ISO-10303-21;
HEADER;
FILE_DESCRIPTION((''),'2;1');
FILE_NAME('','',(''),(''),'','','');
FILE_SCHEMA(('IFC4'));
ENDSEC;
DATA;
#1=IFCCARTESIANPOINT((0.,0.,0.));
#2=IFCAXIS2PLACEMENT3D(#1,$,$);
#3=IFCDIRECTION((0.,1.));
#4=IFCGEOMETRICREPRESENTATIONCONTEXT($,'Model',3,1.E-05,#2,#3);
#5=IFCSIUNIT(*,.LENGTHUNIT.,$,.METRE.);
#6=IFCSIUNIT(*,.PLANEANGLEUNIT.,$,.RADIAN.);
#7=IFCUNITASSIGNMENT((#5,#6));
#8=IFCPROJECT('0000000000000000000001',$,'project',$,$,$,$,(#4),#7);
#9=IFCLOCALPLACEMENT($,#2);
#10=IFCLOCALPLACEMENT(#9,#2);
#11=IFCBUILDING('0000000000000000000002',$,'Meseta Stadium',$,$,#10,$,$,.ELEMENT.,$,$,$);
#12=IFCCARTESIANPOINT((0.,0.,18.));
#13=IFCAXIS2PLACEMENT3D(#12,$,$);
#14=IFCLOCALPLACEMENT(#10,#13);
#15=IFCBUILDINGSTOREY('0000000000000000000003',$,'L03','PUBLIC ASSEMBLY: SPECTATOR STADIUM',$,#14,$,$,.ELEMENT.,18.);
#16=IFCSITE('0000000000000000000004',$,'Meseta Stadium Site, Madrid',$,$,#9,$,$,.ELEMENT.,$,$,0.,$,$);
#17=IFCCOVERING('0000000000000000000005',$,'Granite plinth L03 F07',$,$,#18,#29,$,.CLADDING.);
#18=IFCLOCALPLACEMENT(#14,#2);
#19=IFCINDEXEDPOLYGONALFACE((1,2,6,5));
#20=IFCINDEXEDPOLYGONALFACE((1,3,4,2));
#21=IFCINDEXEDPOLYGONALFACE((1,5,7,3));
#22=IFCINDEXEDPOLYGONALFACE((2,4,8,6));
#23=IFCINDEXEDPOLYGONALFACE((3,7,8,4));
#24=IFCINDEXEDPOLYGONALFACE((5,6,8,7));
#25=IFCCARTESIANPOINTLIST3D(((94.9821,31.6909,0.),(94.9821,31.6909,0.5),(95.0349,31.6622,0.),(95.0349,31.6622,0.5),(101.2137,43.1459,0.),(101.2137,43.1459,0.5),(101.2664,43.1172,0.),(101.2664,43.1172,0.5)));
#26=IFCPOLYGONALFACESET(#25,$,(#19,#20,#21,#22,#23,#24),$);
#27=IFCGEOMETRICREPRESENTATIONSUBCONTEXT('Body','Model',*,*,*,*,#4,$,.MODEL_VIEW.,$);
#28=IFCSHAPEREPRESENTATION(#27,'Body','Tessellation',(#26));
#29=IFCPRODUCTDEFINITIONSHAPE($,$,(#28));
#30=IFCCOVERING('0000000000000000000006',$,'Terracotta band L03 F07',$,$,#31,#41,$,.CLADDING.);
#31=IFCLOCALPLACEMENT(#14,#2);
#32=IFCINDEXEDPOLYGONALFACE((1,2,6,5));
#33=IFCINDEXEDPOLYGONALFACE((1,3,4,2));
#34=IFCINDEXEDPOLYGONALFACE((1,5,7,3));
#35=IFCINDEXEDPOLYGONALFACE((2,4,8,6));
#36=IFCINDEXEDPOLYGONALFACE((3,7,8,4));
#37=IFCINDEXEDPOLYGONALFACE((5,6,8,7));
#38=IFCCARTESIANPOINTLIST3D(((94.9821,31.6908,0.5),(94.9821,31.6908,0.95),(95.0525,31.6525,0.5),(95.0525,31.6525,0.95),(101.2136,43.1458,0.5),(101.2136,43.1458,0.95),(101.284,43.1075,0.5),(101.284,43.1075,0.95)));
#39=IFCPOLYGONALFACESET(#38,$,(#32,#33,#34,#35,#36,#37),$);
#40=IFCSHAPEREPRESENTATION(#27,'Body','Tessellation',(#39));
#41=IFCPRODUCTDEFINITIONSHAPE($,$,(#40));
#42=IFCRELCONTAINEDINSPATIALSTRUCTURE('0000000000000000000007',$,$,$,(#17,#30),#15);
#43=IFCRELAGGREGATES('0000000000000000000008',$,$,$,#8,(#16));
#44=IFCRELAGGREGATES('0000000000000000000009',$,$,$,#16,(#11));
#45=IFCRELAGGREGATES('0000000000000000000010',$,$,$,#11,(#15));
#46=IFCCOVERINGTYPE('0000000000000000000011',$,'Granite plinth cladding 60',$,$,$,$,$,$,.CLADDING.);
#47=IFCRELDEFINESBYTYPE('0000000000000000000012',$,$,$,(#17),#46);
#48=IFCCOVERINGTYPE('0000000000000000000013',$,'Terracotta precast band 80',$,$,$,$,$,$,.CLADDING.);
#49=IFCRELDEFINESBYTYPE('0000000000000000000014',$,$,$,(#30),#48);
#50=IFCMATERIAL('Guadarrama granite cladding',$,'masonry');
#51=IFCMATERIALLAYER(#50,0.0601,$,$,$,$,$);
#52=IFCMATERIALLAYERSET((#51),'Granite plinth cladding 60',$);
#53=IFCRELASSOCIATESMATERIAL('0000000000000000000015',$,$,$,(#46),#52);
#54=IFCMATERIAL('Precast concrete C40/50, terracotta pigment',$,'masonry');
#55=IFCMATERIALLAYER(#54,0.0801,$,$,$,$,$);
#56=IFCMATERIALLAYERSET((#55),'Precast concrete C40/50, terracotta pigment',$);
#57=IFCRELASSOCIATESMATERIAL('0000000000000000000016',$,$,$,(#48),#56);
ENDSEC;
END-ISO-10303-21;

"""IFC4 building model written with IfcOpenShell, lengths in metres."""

from ifc_helpers import new_model, si_unit, direction, frame, origin, origin_2d, place, context, subcontext, project, spatial, rectangle, extrude, material, layer, layer_set, type_object, element, save


model = new_model("IFC4")

# Units and contexts
model_context = context("Model", 3, precision=1e-05, world=origin(), true_north=direction((0.0, 1.0)))
body_context = subcontext(model_context, "Body", "Model", "MODEL_VIEW")
ifc_project = project(units=[si_unit("LENGTHUNIT", "METRE"), si_unit("PLANEANGLEUNIT", "RADIAN")], contexts=[model_context])

# Site, building, storey
site_placement = place(None, origin())
site = spatial("IfcSite", under=ifc_project, at=site_placement, Name="Meseta Stadium Site, Madrid", CompositionType="ELEMENT", RefElevation=0.0)
building_placement = place(site_placement, origin())
building = spatial("IfcBuilding", under=site, at=building_placement, Name="Meseta Stadium", CompositionType="ELEMENT")
storey_placement = place(building_placement, frame((0.0, 0.0, 18.0)))
storey = spatial("IfcBuildingStorey", under=building, at=storey_placement, Name="L03", Description="PUBLIC ASSEMBLY: SPECTATOR STADIUM", CompositionType="ELEMENT", Elevation=18.0)

# Coverings
ifc_material_1 = material(Name="Guadarrama granite cladding", Category="masonry")
ifc_layer_1 = layer(ifc_material_1, 0.0601)
ifc_layer_set_1 = layer_set([ifc_layer_1], Name="Granite plinth cladding 60")
covering_type_1 = type_object("IfcCoveringType", Name="Granite plinth cladding 60", PredefinedType="CLADDING", material=ifc_layer_set_1)
covering_1_placement = place(storey_placement, frame((98.1243, 37.4041, 0.0), z_axis=(0.0, 0.0, 1.0), x_axis=(-0.477867, -0.878432, 0.0)))
element("IfcCovering", 1, at=covering_1_placement, inside=storey, type_object=covering_type_1, Name="Granite plinth L03 F07", PredefinedType="CLADDING", context=body_context, shape_type="SweptSolid", body=[
    extrude(rectangle(XDim=13.0403, YDim=0.0601, at=origin_2d()), origin(), (0.0, 0.0, 1.0), 0.5),
])
ifc_material_2 = material(Name="Precast concrete C40/50, terracotta pigment", Category="masonry")
ifc_layer_2 = layer(ifc_material_2, 0.0801)
ifc_layer_set_2 = layer_set([ifc_layer_2], Name="Precast concrete C40/50, terracotta pigment")
covering_type_2 = type_object("IfcCoveringType", Name="Terracotta precast band 80", PredefinedType="CLADDING", material=ifc_layer_set_2)
covering_2_placement = place(storey_placement, frame((98.1331, 37.3992, 0.5), z_axis=(0.0, 0.0, 1.0), x_axis=(-0.477867, -0.878432, 0.0)))
element("IfcCovering", 2, at=covering_2_placement, inside=storey, type_object=covering_type_2, Name="Terracotta band L03 F07", PredefinedType="CLADDING", context=body_context, shape_type="SweptSolid", body=[
    extrude(rectangle(XDim=13.0403, YDim=0.0801, at=origin_2d()), origin(), (0.0, 0.0, 1.0), 0.45),
])

save(model, "model.ifc")
